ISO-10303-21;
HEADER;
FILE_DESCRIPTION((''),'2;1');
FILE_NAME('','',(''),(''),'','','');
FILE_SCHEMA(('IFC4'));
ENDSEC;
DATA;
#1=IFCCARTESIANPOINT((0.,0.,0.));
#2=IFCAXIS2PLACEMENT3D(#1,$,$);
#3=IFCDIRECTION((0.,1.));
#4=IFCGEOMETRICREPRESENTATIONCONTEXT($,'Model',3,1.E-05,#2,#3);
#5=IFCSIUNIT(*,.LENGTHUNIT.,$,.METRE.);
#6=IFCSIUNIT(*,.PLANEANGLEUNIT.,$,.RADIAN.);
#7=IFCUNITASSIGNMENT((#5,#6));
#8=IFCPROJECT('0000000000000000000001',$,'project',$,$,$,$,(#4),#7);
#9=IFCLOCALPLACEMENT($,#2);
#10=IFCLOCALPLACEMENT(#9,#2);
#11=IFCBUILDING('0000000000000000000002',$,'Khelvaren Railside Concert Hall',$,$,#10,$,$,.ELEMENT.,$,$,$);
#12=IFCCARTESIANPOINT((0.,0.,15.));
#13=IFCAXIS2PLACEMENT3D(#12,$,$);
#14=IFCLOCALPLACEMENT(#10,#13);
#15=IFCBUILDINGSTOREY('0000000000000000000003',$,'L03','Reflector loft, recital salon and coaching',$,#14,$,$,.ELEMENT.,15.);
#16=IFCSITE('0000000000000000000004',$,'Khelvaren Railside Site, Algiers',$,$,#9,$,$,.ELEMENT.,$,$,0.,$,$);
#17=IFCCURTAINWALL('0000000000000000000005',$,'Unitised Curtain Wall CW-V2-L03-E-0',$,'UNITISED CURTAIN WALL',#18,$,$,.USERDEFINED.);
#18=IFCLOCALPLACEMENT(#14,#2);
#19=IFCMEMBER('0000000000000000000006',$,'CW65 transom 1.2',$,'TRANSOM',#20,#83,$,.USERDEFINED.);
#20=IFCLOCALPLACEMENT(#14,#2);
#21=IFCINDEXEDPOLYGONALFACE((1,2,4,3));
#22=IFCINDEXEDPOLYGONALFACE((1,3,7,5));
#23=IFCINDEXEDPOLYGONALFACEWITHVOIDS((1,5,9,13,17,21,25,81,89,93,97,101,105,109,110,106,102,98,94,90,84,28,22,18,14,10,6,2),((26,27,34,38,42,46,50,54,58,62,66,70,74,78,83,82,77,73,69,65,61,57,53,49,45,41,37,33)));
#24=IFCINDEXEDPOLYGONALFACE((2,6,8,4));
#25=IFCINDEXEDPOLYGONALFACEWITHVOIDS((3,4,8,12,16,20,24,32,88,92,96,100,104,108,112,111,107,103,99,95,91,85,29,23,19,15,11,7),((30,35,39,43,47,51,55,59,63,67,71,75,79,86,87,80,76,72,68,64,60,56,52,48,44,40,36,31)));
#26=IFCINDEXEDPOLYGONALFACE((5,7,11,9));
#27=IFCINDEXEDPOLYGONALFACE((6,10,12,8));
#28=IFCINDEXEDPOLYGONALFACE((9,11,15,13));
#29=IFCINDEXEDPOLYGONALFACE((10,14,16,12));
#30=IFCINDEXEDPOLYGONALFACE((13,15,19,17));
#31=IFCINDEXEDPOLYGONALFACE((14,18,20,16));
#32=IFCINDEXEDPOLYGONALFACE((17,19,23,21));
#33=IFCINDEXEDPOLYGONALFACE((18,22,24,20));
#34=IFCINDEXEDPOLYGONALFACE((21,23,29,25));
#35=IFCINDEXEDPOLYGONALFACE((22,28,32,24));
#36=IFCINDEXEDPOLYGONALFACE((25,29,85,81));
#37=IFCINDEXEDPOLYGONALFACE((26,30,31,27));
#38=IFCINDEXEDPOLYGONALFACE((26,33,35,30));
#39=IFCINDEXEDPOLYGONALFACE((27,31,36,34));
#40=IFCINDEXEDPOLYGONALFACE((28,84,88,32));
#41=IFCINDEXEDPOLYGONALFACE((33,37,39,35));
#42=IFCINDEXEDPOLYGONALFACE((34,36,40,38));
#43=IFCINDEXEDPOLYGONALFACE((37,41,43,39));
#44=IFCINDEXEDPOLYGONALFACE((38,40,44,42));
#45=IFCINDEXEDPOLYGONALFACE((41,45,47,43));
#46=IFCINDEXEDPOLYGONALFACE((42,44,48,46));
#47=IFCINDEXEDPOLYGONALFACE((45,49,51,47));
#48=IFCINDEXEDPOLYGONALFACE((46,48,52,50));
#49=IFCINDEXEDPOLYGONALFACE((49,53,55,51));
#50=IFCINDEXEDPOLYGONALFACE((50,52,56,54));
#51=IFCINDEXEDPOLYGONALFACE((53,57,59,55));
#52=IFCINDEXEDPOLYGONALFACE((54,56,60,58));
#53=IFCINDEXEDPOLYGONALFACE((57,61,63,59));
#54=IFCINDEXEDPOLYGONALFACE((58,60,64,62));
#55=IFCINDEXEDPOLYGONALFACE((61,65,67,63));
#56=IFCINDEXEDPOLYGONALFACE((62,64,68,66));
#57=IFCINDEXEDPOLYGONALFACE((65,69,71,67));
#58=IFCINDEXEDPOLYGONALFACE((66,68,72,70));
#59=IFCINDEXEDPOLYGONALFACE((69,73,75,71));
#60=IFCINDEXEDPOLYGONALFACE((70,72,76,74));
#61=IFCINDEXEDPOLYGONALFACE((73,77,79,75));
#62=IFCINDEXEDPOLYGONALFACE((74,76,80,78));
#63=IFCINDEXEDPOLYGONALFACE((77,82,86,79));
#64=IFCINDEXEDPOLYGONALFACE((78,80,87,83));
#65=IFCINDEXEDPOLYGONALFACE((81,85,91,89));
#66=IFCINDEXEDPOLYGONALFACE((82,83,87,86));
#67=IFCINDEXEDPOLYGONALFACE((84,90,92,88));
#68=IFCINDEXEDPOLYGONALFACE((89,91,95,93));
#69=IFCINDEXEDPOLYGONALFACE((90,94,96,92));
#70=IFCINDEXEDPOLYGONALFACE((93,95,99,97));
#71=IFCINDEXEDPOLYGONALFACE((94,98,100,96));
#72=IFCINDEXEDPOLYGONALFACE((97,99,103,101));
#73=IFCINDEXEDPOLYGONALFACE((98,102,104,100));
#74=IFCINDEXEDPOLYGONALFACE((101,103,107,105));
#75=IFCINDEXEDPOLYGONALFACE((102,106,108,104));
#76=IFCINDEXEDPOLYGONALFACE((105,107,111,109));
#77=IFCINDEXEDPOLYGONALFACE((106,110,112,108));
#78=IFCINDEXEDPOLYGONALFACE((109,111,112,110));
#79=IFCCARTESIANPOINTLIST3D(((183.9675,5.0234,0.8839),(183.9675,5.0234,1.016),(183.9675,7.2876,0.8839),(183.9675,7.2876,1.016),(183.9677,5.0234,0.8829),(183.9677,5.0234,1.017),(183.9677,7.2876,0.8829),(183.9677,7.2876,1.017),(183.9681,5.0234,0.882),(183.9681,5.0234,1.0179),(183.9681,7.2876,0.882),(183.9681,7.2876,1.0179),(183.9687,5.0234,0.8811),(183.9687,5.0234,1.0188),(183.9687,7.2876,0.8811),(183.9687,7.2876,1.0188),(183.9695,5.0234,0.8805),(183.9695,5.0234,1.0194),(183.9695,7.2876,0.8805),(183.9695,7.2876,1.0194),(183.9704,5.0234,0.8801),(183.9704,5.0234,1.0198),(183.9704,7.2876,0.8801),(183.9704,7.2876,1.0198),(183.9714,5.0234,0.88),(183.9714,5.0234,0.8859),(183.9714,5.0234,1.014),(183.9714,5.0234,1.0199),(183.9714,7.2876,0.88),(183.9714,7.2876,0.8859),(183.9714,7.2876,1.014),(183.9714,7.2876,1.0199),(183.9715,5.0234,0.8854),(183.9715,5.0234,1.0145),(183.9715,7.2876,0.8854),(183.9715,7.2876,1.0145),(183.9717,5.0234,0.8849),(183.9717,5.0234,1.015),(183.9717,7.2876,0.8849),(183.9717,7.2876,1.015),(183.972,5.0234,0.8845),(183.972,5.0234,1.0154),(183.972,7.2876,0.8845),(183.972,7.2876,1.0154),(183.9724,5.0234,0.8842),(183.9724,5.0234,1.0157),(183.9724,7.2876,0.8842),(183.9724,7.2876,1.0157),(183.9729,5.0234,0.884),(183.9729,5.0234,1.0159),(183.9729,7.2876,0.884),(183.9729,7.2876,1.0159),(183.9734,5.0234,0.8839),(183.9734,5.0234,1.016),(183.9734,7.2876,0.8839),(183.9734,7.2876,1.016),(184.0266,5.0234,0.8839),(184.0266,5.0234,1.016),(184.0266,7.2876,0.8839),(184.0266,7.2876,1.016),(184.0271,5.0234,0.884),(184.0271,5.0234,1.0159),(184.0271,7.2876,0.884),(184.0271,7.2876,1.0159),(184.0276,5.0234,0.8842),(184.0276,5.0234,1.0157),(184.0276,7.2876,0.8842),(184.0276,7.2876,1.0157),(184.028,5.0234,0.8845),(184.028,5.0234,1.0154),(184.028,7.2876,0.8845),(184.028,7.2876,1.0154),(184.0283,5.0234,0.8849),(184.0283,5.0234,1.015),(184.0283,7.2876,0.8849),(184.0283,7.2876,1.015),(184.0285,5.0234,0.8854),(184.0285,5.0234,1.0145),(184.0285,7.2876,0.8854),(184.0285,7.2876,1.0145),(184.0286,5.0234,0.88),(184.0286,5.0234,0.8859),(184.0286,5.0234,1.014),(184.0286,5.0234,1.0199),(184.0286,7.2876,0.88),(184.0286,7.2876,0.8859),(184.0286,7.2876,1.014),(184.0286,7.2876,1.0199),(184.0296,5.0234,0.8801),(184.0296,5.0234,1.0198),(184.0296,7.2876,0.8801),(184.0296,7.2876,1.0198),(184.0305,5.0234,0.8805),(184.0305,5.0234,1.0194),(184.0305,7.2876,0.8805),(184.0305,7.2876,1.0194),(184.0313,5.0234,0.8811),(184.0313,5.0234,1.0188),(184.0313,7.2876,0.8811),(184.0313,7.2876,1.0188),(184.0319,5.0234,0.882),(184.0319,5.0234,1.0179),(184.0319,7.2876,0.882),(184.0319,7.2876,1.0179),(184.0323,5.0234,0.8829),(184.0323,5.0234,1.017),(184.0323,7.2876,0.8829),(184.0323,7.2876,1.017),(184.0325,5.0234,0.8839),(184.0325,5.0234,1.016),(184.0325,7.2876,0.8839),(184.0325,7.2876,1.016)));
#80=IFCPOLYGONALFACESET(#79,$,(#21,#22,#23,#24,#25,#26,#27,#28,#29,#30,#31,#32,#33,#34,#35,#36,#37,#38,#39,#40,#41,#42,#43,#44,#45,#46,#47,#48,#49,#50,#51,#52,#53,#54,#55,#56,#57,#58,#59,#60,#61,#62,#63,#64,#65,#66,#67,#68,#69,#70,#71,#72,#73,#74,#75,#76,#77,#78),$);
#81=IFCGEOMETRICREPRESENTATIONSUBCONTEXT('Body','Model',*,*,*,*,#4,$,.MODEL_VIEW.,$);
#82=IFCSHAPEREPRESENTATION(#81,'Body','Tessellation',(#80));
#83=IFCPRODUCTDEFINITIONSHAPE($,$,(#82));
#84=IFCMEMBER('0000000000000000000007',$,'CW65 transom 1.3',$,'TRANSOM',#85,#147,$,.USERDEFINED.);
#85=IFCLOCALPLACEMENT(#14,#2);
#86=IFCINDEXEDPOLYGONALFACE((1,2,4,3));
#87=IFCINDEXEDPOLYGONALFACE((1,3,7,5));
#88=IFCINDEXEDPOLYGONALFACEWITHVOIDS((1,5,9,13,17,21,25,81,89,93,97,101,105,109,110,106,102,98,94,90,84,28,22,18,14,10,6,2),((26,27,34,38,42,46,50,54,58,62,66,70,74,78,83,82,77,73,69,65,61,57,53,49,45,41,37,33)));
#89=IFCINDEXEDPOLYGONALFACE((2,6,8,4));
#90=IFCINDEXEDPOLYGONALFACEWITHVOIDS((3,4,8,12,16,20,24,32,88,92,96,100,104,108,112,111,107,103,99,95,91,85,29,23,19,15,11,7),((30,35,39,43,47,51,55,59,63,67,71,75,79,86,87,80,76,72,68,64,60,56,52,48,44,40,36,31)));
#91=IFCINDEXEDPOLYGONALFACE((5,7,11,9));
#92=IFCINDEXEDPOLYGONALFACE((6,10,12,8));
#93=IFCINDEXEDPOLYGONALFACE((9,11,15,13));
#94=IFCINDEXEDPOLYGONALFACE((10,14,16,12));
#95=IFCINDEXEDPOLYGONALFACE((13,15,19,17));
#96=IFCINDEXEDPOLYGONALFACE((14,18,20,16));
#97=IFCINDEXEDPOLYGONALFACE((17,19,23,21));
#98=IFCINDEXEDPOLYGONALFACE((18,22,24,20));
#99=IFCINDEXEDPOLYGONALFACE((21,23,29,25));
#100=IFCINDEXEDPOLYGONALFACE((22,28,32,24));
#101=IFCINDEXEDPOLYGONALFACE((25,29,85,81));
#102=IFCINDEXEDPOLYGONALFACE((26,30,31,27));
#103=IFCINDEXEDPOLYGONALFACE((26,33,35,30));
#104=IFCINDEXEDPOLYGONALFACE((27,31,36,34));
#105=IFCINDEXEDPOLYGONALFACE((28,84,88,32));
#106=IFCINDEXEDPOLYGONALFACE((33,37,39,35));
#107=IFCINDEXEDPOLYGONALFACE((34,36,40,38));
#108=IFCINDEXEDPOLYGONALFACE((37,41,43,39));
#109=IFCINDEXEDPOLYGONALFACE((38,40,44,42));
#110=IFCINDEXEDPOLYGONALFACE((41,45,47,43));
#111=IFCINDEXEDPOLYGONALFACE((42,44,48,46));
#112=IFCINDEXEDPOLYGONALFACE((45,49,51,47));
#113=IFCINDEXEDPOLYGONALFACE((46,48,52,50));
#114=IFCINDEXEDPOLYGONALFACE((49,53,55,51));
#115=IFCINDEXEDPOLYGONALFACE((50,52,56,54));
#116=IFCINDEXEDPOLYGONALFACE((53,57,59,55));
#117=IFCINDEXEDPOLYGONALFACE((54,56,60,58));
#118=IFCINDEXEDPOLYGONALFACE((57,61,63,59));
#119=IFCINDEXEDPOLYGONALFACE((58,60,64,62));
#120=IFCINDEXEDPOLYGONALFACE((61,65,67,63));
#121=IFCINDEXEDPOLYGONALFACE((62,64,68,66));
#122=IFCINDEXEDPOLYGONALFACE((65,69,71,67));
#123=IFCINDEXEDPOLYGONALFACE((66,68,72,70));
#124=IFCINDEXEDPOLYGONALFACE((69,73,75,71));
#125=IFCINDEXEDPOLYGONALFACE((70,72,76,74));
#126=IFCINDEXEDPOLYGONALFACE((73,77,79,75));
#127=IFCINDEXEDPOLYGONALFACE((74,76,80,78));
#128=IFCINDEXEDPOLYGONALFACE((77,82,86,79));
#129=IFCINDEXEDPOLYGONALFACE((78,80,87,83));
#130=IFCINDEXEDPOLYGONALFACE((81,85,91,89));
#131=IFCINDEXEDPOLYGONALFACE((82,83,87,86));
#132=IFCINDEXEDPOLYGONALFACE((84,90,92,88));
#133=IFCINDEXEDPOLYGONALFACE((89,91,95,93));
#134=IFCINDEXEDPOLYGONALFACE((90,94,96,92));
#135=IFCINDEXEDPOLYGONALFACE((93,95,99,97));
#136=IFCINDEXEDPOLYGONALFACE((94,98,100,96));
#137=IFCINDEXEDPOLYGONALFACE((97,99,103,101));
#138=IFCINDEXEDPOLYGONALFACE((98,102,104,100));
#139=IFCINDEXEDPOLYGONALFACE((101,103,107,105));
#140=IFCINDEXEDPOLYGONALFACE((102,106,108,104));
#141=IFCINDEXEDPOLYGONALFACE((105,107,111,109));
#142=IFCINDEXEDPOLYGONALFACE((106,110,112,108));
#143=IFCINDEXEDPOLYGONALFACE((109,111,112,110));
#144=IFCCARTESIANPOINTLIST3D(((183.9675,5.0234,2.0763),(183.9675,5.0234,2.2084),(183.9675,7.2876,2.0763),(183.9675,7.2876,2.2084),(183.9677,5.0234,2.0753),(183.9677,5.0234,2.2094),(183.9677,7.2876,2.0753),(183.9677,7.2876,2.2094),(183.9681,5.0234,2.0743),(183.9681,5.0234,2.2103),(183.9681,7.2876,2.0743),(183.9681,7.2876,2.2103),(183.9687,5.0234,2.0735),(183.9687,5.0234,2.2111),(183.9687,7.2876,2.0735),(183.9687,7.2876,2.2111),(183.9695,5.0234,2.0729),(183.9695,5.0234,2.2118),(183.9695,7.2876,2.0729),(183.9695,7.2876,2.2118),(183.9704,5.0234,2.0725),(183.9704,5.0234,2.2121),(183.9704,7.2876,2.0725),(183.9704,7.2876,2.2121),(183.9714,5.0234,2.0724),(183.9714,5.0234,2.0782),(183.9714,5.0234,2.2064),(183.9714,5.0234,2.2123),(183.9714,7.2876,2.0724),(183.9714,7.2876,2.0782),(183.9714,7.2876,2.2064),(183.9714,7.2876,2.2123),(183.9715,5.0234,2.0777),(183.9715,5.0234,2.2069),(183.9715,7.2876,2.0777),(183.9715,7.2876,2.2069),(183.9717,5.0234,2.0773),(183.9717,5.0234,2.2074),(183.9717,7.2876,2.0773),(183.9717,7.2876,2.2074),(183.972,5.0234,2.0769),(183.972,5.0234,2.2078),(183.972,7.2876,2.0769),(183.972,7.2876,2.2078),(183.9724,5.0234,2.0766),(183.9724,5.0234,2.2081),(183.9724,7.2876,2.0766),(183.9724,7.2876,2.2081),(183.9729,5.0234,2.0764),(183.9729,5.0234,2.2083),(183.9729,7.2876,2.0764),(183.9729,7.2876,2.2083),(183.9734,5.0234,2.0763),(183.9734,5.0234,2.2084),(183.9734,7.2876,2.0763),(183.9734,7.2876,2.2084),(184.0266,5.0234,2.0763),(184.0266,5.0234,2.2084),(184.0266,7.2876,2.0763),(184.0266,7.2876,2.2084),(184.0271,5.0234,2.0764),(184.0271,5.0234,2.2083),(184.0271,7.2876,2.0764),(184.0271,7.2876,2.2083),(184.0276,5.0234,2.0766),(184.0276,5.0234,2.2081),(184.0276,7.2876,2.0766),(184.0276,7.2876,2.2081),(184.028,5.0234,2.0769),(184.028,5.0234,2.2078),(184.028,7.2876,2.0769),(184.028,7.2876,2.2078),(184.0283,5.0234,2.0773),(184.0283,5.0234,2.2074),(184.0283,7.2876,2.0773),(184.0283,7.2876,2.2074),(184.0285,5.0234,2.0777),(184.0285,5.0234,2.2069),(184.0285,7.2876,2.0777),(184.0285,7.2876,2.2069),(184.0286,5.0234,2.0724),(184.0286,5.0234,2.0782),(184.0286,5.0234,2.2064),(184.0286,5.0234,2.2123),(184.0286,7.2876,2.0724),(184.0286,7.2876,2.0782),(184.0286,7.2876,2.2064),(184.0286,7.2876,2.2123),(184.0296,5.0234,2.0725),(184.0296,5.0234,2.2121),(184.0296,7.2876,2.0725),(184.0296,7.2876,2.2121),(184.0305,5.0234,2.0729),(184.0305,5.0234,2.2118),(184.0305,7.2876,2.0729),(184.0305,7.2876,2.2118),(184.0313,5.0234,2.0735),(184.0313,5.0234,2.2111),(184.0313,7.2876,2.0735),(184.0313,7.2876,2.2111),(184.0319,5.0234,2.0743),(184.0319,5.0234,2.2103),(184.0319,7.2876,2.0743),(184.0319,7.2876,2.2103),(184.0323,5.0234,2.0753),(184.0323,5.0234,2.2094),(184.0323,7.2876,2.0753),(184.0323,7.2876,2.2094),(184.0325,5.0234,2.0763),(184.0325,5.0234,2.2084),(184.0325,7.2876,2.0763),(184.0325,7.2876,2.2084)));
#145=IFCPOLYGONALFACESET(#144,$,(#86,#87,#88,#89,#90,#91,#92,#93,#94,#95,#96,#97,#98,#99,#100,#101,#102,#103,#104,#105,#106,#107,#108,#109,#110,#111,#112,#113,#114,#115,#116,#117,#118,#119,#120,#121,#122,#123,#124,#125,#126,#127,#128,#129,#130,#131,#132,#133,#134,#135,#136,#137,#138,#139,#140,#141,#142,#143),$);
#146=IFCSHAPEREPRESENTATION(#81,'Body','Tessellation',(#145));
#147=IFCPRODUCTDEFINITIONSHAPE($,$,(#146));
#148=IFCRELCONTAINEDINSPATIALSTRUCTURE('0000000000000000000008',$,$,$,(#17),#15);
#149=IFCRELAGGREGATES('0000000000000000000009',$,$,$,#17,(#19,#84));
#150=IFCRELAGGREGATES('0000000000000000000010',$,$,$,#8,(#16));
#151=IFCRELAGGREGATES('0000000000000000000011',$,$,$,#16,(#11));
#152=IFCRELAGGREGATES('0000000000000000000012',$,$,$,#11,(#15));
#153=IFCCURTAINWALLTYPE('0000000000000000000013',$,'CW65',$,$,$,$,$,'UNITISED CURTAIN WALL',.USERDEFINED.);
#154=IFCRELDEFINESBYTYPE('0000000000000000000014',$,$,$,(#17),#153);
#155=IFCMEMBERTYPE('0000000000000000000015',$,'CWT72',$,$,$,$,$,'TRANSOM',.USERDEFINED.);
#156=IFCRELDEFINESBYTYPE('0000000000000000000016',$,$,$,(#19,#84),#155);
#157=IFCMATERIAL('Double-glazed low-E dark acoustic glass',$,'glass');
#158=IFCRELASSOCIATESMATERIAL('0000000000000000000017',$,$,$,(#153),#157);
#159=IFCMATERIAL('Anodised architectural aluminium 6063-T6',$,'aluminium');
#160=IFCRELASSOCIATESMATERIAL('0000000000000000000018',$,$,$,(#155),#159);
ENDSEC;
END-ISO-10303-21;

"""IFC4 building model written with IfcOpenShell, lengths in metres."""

from ifc_helpers import new_model, si_unit, direction, frame, origin, origin_2d, place, context, subcontext, project, spatial, hollow_rectangle, extrude, material, material_profile, profile_set, type_object, element, aggregate, save


model = new_model("IFC4")

# Units and contexts
model_context = context("Model", 3, precision=1e-05, world=origin(), true_north=direction((0.0, 1.0)))
body_context = subcontext(model_context, "Body", "Model", "MODEL_VIEW")
ifc_project = project(units=[si_unit("LENGTHUNIT", "METRE"), si_unit("PLANEANGLEUNIT", "RADIAN")], contexts=[model_context])

# Site, building, storey
site_placement = place(None, origin())
site = spatial("IfcSite", under=ifc_project, at=site_placement, Name="Khelvaren Railside Site, Algiers", CompositionType="ELEMENT", RefElevation=0.0)
building_placement = place(site_placement, origin())
building = spatial("IfcBuilding", under=site, at=building_placement, Name="Khelvaren Railside Concert Hall", CompositionType="ELEMENT")
storey_placement = place(building_placement, frame((0.0, 0.0, 15.0)))
storey = spatial("IfcBuildingStorey", under=building, at=storey_placement, Name="L03", Description="Reflector loft, recital salon and coaching", CompositionType="ELEMENT", Elevation=15.0)

# Curtain wall
ifc_material_1 = material(Name="Double-glazed low-E dark acoustic glass", Category="glass")
curtain_wall_type_1 = type_object("IfcCurtainWallType", Name="CW65", ElementType="UNITISED CURTAIN WALL", PredefinedType="USERDEFINED", material=ifc_material_1)
curtain_wall_1_placement = place(storey_placement, origin())
curtain_wall_1 = element("IfcCurtainWall", 1, at=curtain_wall_1_placement, inside=storey, type_object=curtain_wall_type_1, Name="Unitised Curtain Wall CW-V2-L03-E-0", ObjectType="UNITISED CURTAIN WALL", PredefinedType="USERDEFINED")
ifc_material_2 = material(Name="Anodised architectural aluminium 6063-T6", Category="aluminium")

# Members
ifc_material_profile_1 = material_profile(ifc_material_2, hollow_rectangle(XDim=0.0649, YDim=0.1399, WallThickness=0.0039, InnerFilletRadius=0.002, OuterFilletRadius=0.0039, at=origin_2d()), Name="CWT 65x140x4")
ifc_profile_set_1 = profile_set([ifc_material_profile_1], Name="Anodised architectural aluminium 6063-T6")
member_type_1 = type_object("IfcMemberType", Name="CWT72", ElementType="TRANSOM", PredefinedType="USERDEFINED", material=ifc_profile_set_1)
member_1_placement = place(storey_placement, frame((184.0, 7.2876, 0.95), z_axis=(0.0, -1.0, 0.0), x_axis=(1.0, 0.0, 0.0)))
member_1 = element("IfcMember", 2, at=member_1_placement, type_object=member_type_1, Name="CW65 transom 1.2", ObjectType="TRANSOM", PredefinedType="USERDEFINED", context=body_context, shape_type="SweptSolid", body=[
    extrude(hollow_rectangle(XDim=0.0649, YDim=0.1399, WallThickness=0.0039, InnerFilletRadius=0.002, OuterFilletRadius=0.0039, at=origin_2d()), origin(), (0.0, 0.0, 1.0), 2.2642),
])
member_2_placement = place(storey_placement, frame((184.0, 7.2876, 2.1423), z_axis=(0.0, -1.0, 0.0), x_axis=(1.0, 0.0, 0.0)))
member_2 = element("IfcMember", 3, at=member_2_placement, type_object=member_type_1, Name="CW65 transom 1.3", ObjectType="TRANSOM", PredefinedType="USERDEFINED", context=body_context, shape_type="SweptSolid", body=[
    extrude(hollow_rectangle(XDim=0.0649, YDim=0.1399, WallThickness=0.0039, InnerFilletRadius=0.002, OuterFilletRadius=0.0039, at=origin_2d()), origin(), (0.0, 0.0, 1.0), 2.2642),
])

aggregate(curtain_wall_1, [member_1, member_2])

save(model, "model.ifc")
